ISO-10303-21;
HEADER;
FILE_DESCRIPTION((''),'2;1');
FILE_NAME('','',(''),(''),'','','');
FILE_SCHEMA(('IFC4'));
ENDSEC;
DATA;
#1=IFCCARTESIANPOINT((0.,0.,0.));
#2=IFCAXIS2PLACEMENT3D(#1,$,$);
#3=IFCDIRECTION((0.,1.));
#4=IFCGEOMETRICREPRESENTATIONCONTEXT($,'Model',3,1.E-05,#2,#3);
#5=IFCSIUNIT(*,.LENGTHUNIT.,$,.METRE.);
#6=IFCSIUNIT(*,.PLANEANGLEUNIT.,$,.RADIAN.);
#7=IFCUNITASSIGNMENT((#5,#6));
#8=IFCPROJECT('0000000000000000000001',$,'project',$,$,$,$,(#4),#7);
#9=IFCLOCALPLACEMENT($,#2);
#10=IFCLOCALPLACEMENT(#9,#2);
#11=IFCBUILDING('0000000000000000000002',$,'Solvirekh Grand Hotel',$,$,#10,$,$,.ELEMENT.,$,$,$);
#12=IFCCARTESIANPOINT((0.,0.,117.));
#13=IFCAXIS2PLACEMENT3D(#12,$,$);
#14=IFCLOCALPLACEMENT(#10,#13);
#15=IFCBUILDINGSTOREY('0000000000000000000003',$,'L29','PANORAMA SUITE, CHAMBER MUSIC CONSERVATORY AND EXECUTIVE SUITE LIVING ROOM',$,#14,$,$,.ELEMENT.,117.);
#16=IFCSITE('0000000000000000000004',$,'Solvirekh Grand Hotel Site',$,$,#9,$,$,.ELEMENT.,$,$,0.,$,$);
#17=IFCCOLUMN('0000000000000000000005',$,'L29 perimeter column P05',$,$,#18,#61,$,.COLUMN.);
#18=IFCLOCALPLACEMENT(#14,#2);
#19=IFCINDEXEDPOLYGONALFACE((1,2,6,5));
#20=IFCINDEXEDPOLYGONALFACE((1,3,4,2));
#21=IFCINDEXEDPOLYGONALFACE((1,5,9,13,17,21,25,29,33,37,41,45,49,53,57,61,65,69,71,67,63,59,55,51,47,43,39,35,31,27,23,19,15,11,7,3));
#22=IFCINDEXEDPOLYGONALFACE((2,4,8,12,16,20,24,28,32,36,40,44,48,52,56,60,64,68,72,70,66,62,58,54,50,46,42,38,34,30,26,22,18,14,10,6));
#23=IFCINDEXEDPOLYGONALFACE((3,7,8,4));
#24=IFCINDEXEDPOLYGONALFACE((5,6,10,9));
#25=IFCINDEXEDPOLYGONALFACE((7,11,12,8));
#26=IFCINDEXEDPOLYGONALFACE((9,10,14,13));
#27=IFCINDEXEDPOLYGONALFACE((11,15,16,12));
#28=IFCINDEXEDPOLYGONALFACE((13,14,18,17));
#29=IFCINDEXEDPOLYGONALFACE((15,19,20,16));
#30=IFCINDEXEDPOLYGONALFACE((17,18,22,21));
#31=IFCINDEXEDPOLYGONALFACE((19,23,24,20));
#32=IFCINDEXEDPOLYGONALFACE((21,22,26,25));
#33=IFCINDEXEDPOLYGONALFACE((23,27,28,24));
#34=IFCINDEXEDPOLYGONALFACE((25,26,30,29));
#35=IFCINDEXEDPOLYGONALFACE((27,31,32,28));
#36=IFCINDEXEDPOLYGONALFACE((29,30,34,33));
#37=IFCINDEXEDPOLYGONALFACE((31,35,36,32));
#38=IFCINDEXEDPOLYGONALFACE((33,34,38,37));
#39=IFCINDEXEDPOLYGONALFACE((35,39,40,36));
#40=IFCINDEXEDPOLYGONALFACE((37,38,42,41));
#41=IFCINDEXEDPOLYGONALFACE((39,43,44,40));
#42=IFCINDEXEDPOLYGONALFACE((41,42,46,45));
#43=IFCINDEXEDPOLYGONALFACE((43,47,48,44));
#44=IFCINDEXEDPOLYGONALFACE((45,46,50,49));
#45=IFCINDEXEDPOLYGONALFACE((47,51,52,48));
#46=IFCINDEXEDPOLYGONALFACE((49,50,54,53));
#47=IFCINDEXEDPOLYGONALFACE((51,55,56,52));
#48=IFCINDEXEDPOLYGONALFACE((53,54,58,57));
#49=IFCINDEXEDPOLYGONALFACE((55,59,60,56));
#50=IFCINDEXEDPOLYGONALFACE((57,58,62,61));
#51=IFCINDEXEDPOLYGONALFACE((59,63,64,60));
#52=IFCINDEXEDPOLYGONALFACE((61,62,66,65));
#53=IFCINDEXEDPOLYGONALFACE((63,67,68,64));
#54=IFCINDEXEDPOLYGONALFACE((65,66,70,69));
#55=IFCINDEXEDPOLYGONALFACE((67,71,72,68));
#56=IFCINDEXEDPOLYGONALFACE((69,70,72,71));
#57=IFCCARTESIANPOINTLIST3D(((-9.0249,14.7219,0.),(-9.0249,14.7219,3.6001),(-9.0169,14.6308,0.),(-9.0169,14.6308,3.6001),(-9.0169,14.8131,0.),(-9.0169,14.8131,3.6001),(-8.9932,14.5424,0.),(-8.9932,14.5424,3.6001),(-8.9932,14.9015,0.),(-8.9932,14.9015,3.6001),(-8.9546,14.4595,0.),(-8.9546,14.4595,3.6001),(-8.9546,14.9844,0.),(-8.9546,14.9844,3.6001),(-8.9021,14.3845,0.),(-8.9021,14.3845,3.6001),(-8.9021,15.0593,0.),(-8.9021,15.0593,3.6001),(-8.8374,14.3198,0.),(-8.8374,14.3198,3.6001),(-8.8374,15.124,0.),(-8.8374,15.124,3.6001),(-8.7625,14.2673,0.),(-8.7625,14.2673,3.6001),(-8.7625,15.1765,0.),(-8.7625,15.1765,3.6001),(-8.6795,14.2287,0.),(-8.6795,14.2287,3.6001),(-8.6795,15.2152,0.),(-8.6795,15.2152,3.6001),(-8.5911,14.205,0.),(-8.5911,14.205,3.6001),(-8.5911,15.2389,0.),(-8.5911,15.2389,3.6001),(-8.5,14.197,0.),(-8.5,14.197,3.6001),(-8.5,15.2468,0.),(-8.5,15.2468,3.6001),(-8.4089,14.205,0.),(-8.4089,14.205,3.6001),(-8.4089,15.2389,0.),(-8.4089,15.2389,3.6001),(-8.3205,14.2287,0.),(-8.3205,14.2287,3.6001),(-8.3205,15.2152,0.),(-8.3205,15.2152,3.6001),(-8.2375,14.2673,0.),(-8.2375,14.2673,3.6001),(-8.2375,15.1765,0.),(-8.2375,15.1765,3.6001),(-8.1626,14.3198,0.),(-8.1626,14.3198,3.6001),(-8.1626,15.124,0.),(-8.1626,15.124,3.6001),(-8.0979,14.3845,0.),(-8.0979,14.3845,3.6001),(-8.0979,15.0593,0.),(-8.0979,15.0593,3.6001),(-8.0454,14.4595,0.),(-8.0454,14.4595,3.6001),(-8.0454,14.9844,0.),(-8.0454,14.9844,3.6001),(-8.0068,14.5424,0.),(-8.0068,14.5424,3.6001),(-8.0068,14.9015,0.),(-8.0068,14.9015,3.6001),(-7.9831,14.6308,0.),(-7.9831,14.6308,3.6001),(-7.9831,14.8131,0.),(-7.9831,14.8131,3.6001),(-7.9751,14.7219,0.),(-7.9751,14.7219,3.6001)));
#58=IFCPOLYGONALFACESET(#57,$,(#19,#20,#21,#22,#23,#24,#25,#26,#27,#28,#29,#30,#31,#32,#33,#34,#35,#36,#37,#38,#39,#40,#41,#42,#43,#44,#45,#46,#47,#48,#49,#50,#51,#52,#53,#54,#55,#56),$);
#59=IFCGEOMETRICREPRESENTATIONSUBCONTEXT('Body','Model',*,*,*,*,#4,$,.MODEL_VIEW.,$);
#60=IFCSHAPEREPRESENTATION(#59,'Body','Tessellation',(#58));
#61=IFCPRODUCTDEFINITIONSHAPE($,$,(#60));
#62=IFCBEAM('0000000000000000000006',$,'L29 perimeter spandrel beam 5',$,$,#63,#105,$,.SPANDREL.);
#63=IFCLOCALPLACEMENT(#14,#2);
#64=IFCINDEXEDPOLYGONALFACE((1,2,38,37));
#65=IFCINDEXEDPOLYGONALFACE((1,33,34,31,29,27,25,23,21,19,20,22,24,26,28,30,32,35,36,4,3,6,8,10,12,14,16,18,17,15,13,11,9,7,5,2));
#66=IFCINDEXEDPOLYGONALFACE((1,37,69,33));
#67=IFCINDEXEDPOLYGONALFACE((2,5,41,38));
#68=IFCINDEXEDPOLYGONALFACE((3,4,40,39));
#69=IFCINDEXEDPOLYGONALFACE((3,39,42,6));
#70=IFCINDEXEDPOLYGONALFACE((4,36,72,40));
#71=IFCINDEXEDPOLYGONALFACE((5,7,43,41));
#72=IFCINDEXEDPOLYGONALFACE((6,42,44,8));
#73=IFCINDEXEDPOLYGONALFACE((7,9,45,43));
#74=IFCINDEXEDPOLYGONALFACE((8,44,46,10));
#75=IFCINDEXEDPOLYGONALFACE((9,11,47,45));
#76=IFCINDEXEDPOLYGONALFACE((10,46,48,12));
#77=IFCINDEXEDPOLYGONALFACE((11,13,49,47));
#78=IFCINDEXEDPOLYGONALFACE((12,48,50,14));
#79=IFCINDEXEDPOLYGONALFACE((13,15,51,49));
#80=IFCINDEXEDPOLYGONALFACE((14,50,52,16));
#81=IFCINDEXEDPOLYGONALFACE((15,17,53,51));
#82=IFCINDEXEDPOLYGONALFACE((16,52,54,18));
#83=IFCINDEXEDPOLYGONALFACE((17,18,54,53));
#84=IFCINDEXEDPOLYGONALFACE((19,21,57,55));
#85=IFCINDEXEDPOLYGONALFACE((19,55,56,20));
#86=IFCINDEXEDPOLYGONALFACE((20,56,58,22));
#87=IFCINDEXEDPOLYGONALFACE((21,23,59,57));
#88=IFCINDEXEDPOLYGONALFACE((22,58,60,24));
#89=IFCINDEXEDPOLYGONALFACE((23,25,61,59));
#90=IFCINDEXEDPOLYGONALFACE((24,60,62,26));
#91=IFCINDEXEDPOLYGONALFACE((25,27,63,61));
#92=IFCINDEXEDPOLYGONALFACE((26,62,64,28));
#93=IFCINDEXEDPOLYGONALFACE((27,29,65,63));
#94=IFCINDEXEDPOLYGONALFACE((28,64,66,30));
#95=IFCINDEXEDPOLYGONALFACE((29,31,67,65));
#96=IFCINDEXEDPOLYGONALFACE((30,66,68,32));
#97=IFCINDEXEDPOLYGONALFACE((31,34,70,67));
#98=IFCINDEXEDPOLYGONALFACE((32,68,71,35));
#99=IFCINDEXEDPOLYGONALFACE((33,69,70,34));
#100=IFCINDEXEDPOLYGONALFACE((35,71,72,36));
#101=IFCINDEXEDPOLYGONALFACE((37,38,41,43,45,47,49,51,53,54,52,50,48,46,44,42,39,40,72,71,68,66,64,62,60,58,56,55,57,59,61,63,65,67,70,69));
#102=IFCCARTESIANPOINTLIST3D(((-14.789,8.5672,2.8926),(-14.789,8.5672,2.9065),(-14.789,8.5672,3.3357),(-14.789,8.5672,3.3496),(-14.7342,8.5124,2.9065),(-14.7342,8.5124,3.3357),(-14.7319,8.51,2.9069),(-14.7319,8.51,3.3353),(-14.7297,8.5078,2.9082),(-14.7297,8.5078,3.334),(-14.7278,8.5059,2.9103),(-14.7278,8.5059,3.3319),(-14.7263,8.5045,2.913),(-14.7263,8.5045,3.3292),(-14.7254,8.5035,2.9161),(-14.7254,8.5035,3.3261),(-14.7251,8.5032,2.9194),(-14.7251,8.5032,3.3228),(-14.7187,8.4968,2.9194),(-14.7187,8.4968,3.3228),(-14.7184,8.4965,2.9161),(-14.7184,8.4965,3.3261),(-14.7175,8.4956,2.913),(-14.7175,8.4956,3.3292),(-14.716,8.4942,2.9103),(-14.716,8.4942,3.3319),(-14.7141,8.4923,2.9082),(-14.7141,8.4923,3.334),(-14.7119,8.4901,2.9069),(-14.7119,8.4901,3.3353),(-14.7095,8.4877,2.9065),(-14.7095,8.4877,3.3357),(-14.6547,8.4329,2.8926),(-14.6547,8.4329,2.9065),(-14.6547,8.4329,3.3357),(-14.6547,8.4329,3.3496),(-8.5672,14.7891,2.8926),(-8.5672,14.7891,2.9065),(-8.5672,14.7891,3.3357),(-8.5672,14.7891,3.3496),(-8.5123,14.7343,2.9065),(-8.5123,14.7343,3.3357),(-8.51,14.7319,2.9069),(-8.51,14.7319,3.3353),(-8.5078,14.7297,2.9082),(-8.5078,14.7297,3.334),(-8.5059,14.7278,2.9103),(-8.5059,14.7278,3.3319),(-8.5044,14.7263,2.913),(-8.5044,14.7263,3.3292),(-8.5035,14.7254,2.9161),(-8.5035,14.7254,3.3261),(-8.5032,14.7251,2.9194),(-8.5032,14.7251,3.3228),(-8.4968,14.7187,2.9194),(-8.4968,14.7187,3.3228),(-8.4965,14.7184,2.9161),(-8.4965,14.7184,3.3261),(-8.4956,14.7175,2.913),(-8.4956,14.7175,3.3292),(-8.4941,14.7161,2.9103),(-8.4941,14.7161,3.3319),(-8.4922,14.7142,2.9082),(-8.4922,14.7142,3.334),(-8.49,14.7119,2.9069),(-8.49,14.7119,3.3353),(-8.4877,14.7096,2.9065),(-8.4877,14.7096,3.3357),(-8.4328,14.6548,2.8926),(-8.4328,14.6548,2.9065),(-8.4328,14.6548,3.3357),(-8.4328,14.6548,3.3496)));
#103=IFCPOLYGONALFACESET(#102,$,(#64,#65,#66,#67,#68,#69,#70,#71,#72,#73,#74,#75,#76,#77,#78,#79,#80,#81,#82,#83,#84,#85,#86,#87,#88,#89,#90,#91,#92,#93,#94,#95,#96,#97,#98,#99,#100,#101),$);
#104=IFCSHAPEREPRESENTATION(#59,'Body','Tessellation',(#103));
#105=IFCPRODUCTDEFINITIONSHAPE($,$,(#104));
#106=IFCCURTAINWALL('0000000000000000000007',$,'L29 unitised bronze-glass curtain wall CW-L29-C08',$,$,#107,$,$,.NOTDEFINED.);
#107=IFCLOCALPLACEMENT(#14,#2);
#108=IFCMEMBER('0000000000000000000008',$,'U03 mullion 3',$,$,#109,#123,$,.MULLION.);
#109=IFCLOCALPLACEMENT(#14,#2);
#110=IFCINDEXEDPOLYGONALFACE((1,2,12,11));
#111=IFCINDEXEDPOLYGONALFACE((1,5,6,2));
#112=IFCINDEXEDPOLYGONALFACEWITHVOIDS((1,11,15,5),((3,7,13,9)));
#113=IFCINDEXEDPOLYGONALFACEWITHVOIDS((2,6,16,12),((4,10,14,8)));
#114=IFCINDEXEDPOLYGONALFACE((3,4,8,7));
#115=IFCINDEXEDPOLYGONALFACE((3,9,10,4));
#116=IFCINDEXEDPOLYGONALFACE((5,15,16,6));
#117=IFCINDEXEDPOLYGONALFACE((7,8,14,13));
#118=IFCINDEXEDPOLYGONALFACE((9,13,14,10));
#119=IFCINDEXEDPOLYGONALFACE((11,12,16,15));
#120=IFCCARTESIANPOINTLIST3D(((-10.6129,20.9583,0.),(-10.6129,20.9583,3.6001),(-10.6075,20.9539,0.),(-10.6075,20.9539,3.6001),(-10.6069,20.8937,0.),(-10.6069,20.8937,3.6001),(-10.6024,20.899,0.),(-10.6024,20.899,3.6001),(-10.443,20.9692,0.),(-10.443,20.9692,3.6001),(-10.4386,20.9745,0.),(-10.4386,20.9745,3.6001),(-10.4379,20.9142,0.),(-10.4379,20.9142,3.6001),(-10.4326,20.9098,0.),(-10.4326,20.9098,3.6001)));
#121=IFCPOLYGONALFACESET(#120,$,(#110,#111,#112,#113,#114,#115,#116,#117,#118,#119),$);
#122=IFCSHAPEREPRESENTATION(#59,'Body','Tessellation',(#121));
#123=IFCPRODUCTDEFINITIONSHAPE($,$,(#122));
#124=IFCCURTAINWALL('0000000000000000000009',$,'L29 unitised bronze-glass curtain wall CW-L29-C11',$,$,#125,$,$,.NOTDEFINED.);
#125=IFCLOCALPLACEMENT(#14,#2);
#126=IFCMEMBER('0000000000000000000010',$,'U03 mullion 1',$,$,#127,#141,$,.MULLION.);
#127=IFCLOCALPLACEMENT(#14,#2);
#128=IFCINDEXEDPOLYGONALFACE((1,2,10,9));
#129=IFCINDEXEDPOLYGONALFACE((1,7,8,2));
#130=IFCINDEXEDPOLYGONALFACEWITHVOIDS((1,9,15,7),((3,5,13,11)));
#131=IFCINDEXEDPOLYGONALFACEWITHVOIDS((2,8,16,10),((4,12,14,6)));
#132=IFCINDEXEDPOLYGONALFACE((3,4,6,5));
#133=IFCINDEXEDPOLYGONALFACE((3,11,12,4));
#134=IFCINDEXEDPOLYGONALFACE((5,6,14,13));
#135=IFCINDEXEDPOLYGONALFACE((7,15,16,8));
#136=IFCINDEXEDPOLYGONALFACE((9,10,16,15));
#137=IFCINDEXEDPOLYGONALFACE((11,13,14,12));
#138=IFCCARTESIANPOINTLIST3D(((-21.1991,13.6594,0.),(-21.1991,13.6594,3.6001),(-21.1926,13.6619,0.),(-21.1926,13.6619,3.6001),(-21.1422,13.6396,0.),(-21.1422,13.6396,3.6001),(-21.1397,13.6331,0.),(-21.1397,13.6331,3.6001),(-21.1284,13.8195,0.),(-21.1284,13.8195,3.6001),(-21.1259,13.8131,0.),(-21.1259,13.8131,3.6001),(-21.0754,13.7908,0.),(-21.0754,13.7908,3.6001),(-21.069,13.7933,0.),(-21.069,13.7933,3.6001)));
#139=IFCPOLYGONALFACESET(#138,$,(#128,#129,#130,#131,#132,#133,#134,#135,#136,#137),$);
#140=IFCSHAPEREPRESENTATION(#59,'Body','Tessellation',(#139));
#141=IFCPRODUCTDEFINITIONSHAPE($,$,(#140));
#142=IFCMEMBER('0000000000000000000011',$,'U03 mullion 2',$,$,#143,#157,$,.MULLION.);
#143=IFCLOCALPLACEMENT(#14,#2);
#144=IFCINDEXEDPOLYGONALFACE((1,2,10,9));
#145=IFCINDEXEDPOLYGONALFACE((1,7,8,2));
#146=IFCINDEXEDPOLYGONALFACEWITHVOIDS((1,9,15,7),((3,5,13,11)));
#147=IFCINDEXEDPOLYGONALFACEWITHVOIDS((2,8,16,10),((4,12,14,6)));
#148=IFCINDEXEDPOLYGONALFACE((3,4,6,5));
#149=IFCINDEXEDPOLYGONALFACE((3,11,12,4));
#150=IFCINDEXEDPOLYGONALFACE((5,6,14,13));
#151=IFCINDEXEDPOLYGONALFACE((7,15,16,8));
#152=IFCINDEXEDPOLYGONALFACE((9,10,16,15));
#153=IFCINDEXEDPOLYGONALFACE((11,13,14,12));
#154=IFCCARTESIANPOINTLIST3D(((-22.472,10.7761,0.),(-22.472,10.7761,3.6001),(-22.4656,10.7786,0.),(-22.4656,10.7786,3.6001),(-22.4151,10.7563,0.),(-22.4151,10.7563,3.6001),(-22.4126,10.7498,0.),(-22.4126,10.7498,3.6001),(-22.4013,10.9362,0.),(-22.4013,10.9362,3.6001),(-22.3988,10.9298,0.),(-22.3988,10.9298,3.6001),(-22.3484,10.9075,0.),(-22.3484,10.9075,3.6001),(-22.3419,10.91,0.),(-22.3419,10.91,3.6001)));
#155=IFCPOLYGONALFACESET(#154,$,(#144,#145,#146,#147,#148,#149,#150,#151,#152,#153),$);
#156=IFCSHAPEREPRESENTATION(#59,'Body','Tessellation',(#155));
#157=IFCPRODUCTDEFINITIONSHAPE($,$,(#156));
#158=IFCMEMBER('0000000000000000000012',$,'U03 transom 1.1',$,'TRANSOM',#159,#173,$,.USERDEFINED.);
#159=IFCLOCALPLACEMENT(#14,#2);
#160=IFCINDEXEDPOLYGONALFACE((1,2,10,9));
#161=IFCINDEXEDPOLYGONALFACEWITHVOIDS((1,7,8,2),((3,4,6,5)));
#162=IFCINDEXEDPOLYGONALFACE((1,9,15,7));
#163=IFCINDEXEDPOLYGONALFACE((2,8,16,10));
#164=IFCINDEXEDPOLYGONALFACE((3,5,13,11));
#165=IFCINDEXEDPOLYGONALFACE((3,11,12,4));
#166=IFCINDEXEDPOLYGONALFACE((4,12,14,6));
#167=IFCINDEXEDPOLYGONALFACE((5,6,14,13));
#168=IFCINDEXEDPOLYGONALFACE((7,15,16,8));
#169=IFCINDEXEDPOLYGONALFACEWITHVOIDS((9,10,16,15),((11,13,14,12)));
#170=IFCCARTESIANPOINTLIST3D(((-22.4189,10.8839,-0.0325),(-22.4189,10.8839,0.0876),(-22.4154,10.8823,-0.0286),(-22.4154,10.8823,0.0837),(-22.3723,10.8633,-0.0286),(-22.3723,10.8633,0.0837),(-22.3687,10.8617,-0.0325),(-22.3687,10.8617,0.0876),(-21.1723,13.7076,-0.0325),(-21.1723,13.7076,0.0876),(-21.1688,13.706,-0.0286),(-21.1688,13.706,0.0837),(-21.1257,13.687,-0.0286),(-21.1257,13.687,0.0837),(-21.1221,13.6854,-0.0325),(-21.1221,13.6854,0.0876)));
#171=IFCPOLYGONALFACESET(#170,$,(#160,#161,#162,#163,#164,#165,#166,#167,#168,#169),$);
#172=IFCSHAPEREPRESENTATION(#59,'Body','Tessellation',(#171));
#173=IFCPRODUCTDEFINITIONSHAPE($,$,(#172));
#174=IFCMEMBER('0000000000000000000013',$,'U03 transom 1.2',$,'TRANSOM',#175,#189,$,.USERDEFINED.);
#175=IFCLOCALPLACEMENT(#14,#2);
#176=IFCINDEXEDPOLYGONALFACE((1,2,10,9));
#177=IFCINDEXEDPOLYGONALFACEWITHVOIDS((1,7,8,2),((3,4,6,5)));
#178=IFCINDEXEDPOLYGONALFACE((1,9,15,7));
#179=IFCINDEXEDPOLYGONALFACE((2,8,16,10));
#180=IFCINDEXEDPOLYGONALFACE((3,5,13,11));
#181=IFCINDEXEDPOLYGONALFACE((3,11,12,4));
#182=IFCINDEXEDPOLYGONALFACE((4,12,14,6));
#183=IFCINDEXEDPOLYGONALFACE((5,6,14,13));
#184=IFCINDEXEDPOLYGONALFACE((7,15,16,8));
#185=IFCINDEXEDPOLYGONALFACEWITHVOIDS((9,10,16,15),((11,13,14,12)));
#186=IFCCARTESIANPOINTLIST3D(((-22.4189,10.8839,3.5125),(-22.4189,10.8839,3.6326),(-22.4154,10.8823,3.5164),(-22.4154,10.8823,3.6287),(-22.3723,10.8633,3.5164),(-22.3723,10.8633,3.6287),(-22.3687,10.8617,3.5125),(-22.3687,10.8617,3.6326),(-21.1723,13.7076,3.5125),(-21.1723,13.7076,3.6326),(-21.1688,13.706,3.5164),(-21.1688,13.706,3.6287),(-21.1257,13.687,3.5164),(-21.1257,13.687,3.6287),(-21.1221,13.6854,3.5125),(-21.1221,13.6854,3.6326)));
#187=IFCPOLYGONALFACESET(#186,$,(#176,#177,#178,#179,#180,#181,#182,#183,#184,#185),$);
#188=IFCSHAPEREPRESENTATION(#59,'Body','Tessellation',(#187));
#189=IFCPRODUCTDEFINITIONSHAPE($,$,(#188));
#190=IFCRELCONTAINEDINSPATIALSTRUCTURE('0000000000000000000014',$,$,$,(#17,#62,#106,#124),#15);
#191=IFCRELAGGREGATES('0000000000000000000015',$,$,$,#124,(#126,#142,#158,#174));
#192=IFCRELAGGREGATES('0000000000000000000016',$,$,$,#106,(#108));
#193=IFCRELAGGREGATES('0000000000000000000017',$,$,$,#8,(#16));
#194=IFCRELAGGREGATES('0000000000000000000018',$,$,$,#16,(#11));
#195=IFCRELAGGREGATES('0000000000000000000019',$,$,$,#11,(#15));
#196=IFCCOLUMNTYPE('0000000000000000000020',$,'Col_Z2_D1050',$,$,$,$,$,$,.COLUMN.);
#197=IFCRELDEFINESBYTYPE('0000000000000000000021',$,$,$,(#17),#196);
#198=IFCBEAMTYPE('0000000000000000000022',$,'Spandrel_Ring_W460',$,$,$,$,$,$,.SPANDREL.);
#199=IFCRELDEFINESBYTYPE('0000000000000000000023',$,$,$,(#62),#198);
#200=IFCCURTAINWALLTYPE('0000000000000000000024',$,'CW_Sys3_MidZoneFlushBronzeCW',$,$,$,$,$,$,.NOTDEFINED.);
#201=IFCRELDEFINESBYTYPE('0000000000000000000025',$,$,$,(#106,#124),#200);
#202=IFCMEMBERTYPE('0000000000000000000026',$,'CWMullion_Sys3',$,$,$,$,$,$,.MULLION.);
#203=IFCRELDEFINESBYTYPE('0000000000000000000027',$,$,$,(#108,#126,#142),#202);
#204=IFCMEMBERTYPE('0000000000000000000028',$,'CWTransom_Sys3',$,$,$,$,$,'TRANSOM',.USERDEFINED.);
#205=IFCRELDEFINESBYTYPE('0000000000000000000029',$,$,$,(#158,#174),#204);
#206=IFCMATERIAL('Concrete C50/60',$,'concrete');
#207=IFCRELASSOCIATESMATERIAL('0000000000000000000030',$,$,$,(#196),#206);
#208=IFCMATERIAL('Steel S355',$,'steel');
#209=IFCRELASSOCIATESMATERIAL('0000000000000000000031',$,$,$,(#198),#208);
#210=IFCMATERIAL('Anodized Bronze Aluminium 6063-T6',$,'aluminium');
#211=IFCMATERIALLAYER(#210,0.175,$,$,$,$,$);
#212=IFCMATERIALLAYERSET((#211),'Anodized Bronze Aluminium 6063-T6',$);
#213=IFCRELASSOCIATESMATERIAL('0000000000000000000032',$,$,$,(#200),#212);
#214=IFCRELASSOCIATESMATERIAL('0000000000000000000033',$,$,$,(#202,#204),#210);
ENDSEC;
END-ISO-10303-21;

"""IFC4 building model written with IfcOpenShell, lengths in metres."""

from ifc_helpers import new_model, si_unit, direction, frame, origin, origin_2d, place, context, subcontext, project, spatial, hollow_rectangle, circle, i_section, extrude, source, transform, mapped, material, layer, layer_set, material_profile, profile_set, type_object, element, aggregate, save


model = new_model("IFC4")

# Units and contexts
model_context = context("Model", 3, precision=1e-05, world=origin(), true_north=direction((0.0, 1.0)))
body_context = subcontext(model_context, "Body", "Model", "MODEL_VIEW")
ifc_project = project(units=[si_unit("LENGTHUNIT", "METRE"), si_unit("PLANEANGLEUNIT", "RADIAN")], contexts=[model_context])

# Site, building, storey
site_placement = place(None, origin())
site = spatial("IfcSite", under=ifc_project, at=site_placement, Name="Solvirekh Grand Hotel Site", CompositionType="ELEMENT", RefElevation=0.0)
building_placement = place(site_placement, origin())
building = spatial("IfcBuilding", under=site, at=building_placement, Name="Solvirekh Grand Hotel", CompositionType="ELEMENT")
storey_placement = place(building_placement, frame((0.0, 0.0, 117.0)))
storey = spatial("IfcBuildingStorey", under=building, at=storey_placement, Name="L29", Description="PANORAMA SUITE, CHAMBER MUSIC CONSERVATORY AND EXECUTIVE SUITE LIVING ROOM", CompositionType="ELEMENT", Elevation=117.0)

# Column
ifc_material_1 = material(Name="Concrete C50/60", Category="concrete")
ifc_material_profile_1 = material_profile(ifc_material_1, circle(Radius=0.5249, at=origin_2d()), Name="RC CIRC D1050")
ifc_profile_set_1 = profile_set([ifc_material_profile_1], Name="Concrete C50/60")
column_type = type_object("IfcColumnType", Name="Col_Z2_D1050", PredefinedType="COLUMN", material=ifc_profile_set_1)
column_placement = place(storey_placement, frame((-8.5, 14.7219, 0.0), z_axis=(0.0, 0.0, 1.0), x_axis=(1.0, 0.0, 0.0)))
element("IfcColumn", 1, at=column_placement, inside=storey, type_object=column_type, Name="L29 perimeter column P05", PredefinedType="COLUMN", context=body_context, shape_type="SweptSolid", body=[
    extrude(circle(Radius=0.5249, at=origin_2d()), origin(), (0.0, 0.0, 1.0), 3.6001),
])

# Beam
ifc_material_2 = material(Name="Steel S355", Category="steel")
ifc_material_profile_2 = material_profile(ifc_material_2, i_section(OverallWidth=0.1899, OverallDepth=0.457, WebThickness=0.009, FlangeThickness=0.0139, FilletRadius=0.0129, at=origin_2d()), Name="W460X74")
ifc_profile_set_2 = profile_set([ifc_material_profile_2], Name="Steel S355")
beam_type = type_object("IfcBeamType", Name="Spandrel_Ring_W460", PredefinedType="SPANDREL", material=ifc_profile_set_2)
beam_placement = place(storey_placement, frame((-8.5, 14.7219, 3.1211), z_axis=(-0.707107, -0.707107, 0.0), x_axis=(0.707107, -0.707107, 0.0)))
element("IfcBeam", 2, at=beam_placement, inside=storey, type_object=beam_type, Name="L29 perimeter spandrel beam 5", PredefinedType="SPANDREL", context=body_context, shape_type="SweptSolid", body=[
    extrude(i_section(OverallWidth=0.1899, OverallDepth=0.457, WebThickness=0.009, FlangeThickness=0.0139, FilletRadius=0.0129, at=origin_2d()), origin(), (0.0, 0.0, 1.0), 8.7991),
])

# Curtain wall, member
ifc_material_3 = material(Name="Anodized Bronze Aluminium 6063-T6", Category="aluminium")
ifc_layer_1 = layer(ifc_material_3, 0.175)
ifc_layer_set_1 = layer_set([ifc_layer_1], Name="Anodized Bronze Aluminium 6063-T6")
curtain_wall_type = type_object("IfcCurtainWallType", Name="CW_Sys3_MidZoneFlushBronzeCW", PredefinedType="NOTDEFINED", material=ifc_layer_set_1)
curtain_wall_1_placement = place(storey_placement, origin())
curtain_wall_1 = element("IfcCurtainWall", 3, at=curtain_wall_1_placement, inside=storey, type_object=curtain_wall_type, Name="L29 unitised bronze-glass curtain wall CW-L29-C08", PredefinedType="NOTDEFINED")
ifc_material_profile_3 = material_profile(ifc_material_3, hollow_rectangle(XDim=0.0649, YDim=0.175, WallThickness=0.0049, at=origin_2d()), Name="ALU RHS 175X65X5")
ifc_profile_set_3 = profile_set([ifc_material_profile_3], Name="Anodized Bronze Aluminium 6063-T6")
member_type_1 = type_object("IfcMemberType", Name="CWMullion_Sys3", PredefinedType="MULLION", material=ifc_profile_set_3)
shared_shape_1 = source(origin(), body_context, "Body", "SweptSolid", [
    extrude(hollow_rectangle(XDim=0.0649, YDim=0.175, WallThickness=0.0049, at=origin_2d()), origin(), (0.0, 0.0, 1.0), 3.6001),
])
member_1_placement = place(storey_placement, frame((-10.5227, 20.9341, 0.0), z_axis=(0.0, 0.0, 1.0), x_axis=(0.092419, -0.99572, 0.0)))
member_1 = element("IfcMember", 4, at=member_1_placement, type_object=member_type_1, Name="U03 mullion 3", PredefinedType="MULLION", context=body_context, shape_type="MappedRepresentation", body=[
    mapped(shared_shape_1, transform((0.0, 0.0, 0.0), x_axis=(1.0, 0.0, 0.0), y_axis=(0.0, 1.0, 0.0), z_axis=(0.0, 0.0, 1.0), scale=1.0)),
])

# Curtain wall, members
curtain_wall_2_placement = place(storey_placement, origin())
curtain_wall_2 = element("IfcCurtainWall", 5, at=curtain_wall_2_placement, inside=storey, type_object=curtain_wall_type, Name="L29 unitised bronze-glass curtain wall CW-L29-C11", PredefinedType="NOTDEFINED")
member_2_placement = place(storey_placement, frame((-21.134, 13.7263, 0.0), z_axis=(0.0, 0.0, 1.0), x_axis=(0.914819, -0.403864, 0.0)))
member_2 = element("IfcMember", 6, at=member_2_placement, type_object=member_type_1, Name="U03 mullion 1", PredefinedType="MULLION", context=body_context, shape_type="MappedRepresentation", body=[
    mapped(shared_shape_1, transform((0.0, 0.0, 0.0), x_axis=(1.0, 0.0, 0.0), y_axis=(0.0, 1.0, 0.0), z_axis=(0.0, 0.0, 1.0), scale=1.0)),
])
member_3_placement = place(storey_placement, frame((-22.407, 10.843, 0.0), z_axis=(0.0, 0.0, 1.0), x_axis=(0.914819, -0.403864, 0.0)))
member_3 = element("IfcMember", 7, at=member_3_placement, type_object=member_type_1, Name="U03 mullion 2", PredefinedType="MULLION", context=body_context, shape_type="MappedRepresentation", body=[
    mapped(shared_shape_1, transform((0.0, 0.0, 0.0), x_axis=(1.0, 0.0, 0.0), y_axis=(0.0, 1.0, 0.0), z_axis=(0.0, 0.0, 1.0), scale=1.0)),
])
ifc_material_profile_4 = material_profile(ifc_material_3, hollow_rectangle(XDim=0.0549, YDim=0.1201, WallThickness=0.0039, at=origin_2d()), Name="ALU RHS 120X55X4")
ifc_profile_set_4 = profile_set([ifc_material_profile_4], Name="Anodized Bronze Aluminium 6063-T6")
member_type_2 = type_object("IfcMemberType", Name="CWTransom_Sys3", ElementType="TRANSOM", PredefinedType="USERDEFINED", material=ifc_profile_set_4)
shared_shape_2 = source(origin(), body_context, "Body", "SweptSolid", [
    extrude(hollow_rectangle(XDim=0.0549, YDim=0.1201, WallThickness=0.0039, at=origin_2d()), origin(), (0.0, 0.0, 1.0), 3.0867),
])
member_4_placement = place(storey_placement, frame((-21.1472, 13.6965, 0.0276), z_axis=(-0.403862, -0.91482, 0.0), x_axis=(0.91482, -0.403862, 0.0)))
member_4 = element("IfcMember", 8, at=member_4_placement, type_object=member_type_2, Name="U03 transom 1.1", ObjectType="TRANSOM", PredefinedType="USERDEFINED", context=body_context, shape_type="MappedRepresentation", body=[
    mapped(shared_shape_2, transform((0.0, 0.0, 0.0), x_axis=(1.0, 0.0, 0.0), y_axis=(0.0, 1.0, 0.0), z_axis=(0.0, 0.0, 1.0), scale=1.0)),
])
member_5_placement = place(storey_placement, frame((-21.1472, 13.6965, 3.5725), z_axis=(-0.403862, -0.91482, 0.0), x_axis=(0.91482, -0.403862, 0.0)))
member_5 = element("IfcMember", 9, at=member_5_placement, type_object=member_type_2, Name="U03 transom 1.2", ObjectType="TRANSOM", PredefinedType="USERDEFINED", context=body_context, shape_type="MappedRepresentation", body=[
    mapped(shared_shape_2, transform((0.0, 0.0, 0.0), x_axis=(1.0, 0.0, 0.0), y_axis=(0.0, 1.0, 0.0), z_axis=(0.0, 0.0, 1.0), scale=1.0)),
])
aggregate(curtain_wall_2, [member_2, member_3, member_4, member_5])

aggregate(curtain_wall_1, [member_1])

save(model, "model.ifc")
